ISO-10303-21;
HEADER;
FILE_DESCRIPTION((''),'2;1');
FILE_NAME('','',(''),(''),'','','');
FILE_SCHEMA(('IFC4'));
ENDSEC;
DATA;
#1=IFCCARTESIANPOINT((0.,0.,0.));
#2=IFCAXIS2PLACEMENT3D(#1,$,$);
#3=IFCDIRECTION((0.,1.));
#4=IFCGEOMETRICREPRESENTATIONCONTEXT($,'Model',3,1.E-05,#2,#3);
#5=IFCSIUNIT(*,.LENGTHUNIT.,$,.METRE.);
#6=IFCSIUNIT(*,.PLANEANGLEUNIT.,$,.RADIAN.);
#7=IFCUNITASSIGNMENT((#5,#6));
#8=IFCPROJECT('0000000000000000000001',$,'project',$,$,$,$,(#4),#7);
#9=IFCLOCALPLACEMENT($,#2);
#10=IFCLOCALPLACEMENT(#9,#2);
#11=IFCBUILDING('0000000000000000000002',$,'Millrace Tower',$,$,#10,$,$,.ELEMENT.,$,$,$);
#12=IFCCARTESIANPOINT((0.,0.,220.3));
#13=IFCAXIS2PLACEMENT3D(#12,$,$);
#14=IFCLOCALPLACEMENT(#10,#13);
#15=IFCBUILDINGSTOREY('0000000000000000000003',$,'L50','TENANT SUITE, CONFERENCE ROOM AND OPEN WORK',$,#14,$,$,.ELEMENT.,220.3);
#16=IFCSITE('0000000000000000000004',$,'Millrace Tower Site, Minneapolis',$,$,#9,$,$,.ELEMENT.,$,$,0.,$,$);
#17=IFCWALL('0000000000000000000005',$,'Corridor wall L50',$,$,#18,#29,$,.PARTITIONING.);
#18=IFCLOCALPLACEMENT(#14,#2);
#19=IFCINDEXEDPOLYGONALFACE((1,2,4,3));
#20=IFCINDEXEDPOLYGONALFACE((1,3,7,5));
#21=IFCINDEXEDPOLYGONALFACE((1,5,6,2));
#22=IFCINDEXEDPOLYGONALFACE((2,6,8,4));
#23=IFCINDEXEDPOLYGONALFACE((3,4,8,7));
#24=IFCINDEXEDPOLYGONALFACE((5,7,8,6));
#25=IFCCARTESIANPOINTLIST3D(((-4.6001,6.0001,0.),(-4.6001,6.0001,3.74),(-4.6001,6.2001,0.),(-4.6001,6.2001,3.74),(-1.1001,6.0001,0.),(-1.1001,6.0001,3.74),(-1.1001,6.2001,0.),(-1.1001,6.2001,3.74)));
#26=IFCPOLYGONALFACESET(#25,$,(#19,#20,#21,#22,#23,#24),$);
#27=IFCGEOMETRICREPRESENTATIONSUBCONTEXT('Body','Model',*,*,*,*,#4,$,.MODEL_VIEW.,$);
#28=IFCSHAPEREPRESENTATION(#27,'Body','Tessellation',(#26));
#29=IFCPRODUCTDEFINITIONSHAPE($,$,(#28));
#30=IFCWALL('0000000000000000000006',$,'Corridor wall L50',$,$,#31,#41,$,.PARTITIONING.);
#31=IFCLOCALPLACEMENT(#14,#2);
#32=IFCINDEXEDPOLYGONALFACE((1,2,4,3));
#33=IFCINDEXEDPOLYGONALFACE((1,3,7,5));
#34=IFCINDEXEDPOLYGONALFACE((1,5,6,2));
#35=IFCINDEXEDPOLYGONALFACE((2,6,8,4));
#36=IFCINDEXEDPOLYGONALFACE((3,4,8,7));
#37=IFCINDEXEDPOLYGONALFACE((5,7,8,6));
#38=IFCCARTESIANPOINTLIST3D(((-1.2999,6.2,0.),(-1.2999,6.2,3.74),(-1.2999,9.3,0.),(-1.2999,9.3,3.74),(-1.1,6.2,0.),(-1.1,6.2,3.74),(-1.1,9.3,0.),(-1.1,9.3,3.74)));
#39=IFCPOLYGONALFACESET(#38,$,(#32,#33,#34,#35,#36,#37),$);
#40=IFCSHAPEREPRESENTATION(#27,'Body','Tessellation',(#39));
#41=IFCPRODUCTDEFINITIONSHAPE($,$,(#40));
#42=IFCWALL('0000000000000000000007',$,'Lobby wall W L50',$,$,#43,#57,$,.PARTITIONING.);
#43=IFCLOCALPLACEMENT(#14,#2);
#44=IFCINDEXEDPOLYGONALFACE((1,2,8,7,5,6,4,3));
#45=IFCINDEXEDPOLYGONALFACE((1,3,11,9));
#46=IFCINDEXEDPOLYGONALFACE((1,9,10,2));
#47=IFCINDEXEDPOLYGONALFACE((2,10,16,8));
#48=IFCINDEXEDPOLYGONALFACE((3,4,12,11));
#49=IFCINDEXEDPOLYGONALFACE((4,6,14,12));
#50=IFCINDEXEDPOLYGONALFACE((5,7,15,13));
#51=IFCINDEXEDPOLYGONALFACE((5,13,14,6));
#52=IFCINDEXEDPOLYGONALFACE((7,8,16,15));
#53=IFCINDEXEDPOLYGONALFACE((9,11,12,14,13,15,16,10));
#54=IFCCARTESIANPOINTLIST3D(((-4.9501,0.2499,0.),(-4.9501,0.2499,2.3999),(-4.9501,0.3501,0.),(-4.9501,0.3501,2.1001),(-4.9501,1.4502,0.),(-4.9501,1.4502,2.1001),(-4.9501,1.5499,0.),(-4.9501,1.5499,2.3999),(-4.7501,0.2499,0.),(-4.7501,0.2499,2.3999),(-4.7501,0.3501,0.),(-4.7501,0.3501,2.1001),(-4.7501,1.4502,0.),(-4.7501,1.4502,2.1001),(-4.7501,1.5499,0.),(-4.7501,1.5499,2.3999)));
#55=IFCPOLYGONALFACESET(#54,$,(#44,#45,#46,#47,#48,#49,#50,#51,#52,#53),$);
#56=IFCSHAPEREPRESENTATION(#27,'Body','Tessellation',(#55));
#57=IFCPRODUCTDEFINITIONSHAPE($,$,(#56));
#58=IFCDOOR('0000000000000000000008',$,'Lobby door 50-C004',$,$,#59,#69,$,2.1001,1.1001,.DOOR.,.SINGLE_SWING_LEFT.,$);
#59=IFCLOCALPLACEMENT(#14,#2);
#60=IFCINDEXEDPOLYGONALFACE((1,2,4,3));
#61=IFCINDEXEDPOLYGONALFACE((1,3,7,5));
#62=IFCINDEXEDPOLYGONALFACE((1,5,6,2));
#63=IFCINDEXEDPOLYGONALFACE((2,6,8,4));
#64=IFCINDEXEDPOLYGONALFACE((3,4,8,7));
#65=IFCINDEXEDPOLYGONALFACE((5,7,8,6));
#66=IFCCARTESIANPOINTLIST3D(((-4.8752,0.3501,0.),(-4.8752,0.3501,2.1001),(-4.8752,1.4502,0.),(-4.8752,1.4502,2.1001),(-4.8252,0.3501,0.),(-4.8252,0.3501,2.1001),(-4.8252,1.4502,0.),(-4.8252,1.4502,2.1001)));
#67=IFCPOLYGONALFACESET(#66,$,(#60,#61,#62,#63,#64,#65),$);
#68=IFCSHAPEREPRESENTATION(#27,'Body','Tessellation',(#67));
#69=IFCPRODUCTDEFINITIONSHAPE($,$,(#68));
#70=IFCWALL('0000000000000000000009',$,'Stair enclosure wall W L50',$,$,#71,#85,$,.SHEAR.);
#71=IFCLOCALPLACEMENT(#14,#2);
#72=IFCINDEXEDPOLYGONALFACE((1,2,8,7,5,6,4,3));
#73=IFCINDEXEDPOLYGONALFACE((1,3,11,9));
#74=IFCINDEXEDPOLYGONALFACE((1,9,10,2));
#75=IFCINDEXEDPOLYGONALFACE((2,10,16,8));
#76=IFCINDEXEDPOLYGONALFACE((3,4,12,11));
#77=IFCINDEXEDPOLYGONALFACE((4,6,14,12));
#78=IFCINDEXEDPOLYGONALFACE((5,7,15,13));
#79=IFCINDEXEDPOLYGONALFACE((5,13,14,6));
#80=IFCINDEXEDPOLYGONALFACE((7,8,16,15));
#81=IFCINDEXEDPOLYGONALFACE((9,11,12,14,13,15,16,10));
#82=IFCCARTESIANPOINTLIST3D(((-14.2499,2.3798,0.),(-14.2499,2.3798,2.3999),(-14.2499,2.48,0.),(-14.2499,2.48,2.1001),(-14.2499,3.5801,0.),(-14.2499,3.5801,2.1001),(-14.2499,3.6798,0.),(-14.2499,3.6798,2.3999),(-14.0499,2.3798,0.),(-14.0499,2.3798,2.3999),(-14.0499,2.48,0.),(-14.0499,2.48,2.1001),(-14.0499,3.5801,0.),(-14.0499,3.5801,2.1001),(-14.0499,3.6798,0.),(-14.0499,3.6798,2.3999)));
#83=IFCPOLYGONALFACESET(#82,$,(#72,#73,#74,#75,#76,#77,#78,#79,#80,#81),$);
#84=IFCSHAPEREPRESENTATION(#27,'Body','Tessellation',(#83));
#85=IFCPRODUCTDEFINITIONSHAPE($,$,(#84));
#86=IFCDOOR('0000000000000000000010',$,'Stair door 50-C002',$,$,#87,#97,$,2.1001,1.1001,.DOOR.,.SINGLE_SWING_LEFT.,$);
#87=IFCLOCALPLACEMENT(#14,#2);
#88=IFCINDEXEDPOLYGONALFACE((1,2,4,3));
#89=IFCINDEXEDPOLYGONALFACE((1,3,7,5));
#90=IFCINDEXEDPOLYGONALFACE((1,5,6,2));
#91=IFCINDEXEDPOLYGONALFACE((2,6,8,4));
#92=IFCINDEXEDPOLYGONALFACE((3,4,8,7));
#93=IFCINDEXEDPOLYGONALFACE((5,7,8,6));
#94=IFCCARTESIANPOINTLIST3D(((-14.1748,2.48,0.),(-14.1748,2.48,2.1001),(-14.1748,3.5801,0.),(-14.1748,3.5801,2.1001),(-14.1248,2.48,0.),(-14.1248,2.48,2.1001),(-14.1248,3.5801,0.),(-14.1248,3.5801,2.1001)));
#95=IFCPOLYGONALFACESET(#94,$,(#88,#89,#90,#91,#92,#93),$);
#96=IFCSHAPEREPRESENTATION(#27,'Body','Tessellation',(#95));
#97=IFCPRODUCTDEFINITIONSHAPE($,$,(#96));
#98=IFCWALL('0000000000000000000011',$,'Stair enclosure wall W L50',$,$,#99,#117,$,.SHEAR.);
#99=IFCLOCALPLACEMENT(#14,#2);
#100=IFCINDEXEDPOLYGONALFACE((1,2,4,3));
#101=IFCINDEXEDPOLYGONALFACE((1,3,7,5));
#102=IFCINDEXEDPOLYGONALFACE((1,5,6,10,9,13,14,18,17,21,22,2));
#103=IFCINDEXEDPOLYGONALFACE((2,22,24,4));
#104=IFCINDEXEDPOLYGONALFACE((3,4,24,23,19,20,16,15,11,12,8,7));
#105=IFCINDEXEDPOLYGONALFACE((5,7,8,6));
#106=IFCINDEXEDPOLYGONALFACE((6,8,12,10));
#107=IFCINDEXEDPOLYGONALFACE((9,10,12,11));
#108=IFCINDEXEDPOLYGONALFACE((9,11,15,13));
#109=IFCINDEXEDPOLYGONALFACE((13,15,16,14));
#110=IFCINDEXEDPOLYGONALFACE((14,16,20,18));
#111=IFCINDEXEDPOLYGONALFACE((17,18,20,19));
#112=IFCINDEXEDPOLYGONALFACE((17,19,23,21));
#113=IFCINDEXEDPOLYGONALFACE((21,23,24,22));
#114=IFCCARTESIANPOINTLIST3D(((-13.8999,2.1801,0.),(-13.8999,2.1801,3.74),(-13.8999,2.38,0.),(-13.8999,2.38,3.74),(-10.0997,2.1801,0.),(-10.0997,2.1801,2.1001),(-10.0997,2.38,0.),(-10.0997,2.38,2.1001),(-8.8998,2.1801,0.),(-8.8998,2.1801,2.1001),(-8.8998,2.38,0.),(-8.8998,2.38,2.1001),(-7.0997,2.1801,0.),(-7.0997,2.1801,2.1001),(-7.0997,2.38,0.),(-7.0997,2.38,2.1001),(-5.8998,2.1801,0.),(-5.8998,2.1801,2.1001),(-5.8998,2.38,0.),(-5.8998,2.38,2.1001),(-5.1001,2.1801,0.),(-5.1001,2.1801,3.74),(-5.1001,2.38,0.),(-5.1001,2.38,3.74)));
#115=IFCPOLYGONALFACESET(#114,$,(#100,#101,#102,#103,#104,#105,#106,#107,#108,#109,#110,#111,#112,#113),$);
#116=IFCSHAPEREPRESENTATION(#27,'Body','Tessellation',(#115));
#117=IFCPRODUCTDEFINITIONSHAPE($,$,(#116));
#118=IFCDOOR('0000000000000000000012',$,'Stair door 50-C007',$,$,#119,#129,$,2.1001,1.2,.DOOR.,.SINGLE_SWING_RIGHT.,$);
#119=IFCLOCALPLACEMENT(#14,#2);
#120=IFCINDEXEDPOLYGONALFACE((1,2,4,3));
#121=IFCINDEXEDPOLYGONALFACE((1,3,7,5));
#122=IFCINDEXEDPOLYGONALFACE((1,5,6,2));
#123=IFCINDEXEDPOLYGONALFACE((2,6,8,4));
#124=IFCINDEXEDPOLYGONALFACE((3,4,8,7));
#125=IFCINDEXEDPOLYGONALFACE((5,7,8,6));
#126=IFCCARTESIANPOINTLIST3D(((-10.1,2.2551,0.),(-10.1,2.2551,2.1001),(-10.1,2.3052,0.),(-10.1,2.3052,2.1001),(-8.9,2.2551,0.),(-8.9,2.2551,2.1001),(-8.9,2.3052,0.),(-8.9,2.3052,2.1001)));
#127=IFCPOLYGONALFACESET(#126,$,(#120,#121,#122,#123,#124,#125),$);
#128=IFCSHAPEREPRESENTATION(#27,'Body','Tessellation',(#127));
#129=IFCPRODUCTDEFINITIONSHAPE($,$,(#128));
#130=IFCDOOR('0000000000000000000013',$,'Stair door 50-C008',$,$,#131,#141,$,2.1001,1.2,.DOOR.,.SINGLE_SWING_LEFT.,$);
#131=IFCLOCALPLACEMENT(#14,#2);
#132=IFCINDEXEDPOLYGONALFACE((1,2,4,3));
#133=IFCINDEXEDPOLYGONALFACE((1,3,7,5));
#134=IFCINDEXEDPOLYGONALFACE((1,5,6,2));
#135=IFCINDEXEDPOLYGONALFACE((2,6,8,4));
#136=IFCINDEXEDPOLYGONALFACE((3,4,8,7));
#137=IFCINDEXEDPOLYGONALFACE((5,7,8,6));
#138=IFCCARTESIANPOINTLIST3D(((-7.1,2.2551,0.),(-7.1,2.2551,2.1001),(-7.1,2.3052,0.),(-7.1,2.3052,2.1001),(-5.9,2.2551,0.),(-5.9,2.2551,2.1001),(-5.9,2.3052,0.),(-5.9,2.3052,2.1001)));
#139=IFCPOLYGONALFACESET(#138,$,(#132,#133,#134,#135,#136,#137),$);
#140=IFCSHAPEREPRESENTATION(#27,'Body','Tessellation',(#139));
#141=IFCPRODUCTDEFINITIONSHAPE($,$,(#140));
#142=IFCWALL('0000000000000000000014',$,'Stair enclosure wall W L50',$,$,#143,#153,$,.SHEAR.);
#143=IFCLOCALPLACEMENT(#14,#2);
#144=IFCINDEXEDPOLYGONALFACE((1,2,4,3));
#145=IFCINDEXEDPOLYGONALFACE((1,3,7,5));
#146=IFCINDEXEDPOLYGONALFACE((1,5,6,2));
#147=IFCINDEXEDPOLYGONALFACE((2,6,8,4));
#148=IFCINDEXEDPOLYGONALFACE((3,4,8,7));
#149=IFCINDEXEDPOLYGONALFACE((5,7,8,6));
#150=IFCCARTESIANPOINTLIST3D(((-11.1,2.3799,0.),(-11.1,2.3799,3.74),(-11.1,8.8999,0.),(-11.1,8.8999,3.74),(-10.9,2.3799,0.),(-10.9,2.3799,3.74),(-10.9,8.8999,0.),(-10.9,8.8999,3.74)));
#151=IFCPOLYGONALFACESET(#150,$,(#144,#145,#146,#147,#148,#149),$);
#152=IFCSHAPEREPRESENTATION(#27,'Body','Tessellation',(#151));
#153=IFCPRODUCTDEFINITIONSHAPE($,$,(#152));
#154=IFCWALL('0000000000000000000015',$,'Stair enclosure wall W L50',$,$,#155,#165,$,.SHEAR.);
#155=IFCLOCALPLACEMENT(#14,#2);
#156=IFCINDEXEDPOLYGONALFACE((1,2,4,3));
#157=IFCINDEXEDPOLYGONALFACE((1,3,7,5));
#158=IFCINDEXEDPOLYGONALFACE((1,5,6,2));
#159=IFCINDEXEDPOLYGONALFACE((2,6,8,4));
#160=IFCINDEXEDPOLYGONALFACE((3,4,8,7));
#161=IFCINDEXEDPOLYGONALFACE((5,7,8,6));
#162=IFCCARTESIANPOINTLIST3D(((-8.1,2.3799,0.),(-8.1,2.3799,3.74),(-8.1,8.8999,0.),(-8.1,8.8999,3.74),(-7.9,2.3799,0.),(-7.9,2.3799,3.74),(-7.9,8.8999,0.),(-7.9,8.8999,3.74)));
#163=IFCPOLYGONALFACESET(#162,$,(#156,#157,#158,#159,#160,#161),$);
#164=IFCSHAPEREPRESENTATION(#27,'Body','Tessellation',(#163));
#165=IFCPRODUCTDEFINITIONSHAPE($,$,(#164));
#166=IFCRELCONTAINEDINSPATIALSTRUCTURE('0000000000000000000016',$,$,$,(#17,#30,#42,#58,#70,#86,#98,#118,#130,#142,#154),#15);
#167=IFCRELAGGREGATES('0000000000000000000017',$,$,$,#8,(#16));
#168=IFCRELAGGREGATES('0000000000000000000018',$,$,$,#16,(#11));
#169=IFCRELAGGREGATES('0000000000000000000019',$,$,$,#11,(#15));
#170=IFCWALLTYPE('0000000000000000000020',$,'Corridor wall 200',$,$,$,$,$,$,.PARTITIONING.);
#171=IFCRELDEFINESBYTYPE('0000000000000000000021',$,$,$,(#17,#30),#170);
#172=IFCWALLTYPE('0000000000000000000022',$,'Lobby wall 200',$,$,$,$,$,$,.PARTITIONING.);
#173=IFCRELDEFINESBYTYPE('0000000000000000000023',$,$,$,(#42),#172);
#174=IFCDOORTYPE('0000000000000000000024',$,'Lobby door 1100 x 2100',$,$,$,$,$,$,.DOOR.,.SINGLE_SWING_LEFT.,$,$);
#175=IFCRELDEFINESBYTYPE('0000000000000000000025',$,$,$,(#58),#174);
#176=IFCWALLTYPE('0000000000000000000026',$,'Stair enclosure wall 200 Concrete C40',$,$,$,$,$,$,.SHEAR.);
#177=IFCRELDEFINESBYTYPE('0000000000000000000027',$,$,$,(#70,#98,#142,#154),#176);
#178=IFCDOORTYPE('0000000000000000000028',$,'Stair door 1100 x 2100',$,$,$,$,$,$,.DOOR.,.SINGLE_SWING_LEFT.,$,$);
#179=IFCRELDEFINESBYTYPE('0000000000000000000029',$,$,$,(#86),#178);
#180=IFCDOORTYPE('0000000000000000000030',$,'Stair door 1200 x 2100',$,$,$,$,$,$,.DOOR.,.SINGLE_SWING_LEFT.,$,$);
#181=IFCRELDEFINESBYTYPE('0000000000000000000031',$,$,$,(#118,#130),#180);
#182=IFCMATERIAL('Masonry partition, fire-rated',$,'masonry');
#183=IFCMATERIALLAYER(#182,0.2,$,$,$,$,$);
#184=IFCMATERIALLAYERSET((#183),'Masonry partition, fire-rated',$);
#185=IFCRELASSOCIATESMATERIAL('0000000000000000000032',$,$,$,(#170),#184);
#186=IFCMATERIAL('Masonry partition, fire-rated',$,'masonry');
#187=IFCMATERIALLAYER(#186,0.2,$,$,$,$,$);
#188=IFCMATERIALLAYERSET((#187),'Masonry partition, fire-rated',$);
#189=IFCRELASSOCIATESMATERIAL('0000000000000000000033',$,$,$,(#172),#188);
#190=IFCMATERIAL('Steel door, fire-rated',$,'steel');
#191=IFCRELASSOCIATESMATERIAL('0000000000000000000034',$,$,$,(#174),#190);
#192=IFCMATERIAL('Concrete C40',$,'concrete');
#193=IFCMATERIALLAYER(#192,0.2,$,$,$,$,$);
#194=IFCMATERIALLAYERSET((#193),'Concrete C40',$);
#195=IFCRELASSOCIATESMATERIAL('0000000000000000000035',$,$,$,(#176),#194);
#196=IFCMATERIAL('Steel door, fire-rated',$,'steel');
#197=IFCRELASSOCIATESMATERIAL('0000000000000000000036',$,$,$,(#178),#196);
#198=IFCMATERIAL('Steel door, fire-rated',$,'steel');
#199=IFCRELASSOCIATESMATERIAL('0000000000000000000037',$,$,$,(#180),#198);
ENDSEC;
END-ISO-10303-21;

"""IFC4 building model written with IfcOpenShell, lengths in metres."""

from ifc_helpers import new_model, si_unit, direction, frame, frame_2d, origin, place, context, subcontext, project, spatial, rectangle, extrude, material, layer, layer_set, type_object, element, fill, save


model = new_model("IFC4")

# Units and contexts
model_context = context("Model", 3, precision=1e-05, world=origin(), true_north=direction((0.0, 1.0)))
body_context = subcontext(model_context, "Body", "Model", "MODEL_VIEW")
ifc_project = project(units=[si_unit("LENGTHUNIT", "METRE"), si_unit("PLANEANGLEUNIT", "RADIAN")], contexts=[model_context])

# Site, building, storey
site_placement = place(None, origin())
site = spatial("IfcSite", under=ifc_project, at=site_placement, Name="Millrace Tower Site, Minneapolis", CompositionType="ELEMENT", RefElevation=0.0)
building_placement = place(site_placement, origin())
building = spatial("IfcBuilding", under=site, at=building_placement, Name="Millrace Tower", CompositionType="ELEMENT")
storey_placement = place(building_placement, frame((0.0, 0.0, 220.3)))
storey = spatial("IfcBuildingStorey", under=building, at=storey_placement, Name="L50", Description="TENANT SUITE, CONFERENCE ROOM AND OPEN WORK", CompositionType="ELEMENT", Elevation=220.3)

# Walls
ifc_material_1 = material(Name="Masonry partition, fire-rated", Category="masonry")
ifc_layer_1 = layer(ifc_material_1, 0.2)
ifc_layer_set_1 = layer_set([ifc_layer_1], Name="Masonry partition, fire-rated")
wall_type_1 = type_object("IfcWallType", Name="Corridor wall 200", PredefinedType="PARTITIONING", material=ifc_layer_set_1)
wall_1_placement = place(storey_placement, frame((-4.6001, 6.1001, 0.0), z_axis=(0.0, 0.0, 1.0), x_axis=(1.0, 0.0, 0.0)))
element("IfcWall", 1, at=wall_1_placement, inside=storey, type_object=wall_type_1, Name="Corridor wall L50", PredefinedType="PARTITIONING", context=body_context, shape_type="SweptSolid", body=[
    extrude(rectangle(XDim=3.5, YDim=0.2, at=frame_2d((1.75, 0.0))), origin(), (0.0, 0.0, 1.0), 3.74),
])
wall_2_placement = place(storey_placement, frame((-1.2, 6.2, 0.0), z_axis=(0.0, 0.0, 1.0), x_axis=(0.0, 1.0, 0.0)))
element("IfcWall", 2, at=wall_2_placement, inside=storey, type_object=wall_type_1, Name="Corridor wall L50", PredefinedType="PARTITIONING", context=body_context, shape_type="SweptSolid", body=[
    extrude(rectangle(XDim=3.1001, YDim=0.2, at=frame_2d((1.55, 0.0))), origin(), (0.0, 0.0, 1.0), 3.74),
])

# Walls, openings, doors
ifc_material_2 = material(Name="Masonry partition, fire-rated", Category="masonry")
ifc_layer_2 = layer(ifc_material_2, 0.2)
ifc_layer_set_2 = layer_set([ifc_layer_2], Name="Masonry partition, fire-rated")
wall_type_2 = type_object("IfcWallType", Name="Lobby wall 200", PredefinedType="PARTITIONING", material=ifc_layer_set_2)
wall_3_placement = place(storey_placement, frame((-4.8501, 0.25, 0.0), z_axis=(0.0, 0.0, 1.0), x_axis=(0.0, 1.0, 0.0)))
wall_3 = element("IfcWall", 3, at=wall_3_placement, inside=storey, type_object=wall_type_2, Name="Lobby wall W L50", PredefinedType="PARTITIONING", context=body_context, shape_type="SweptSolid", body=[
    extrude(rectangle(XDim=1.3, YDim=0.2, at=frame_2d((0.6499, 0.0))), origin(), (0.0, 0.0, 1.0), 2.3999),
])
opening_1_placement = place(wall_3_placement, frame((0.1001, 0.0, 0.0)))
opening_1 = element("IfcOpeningElement", 4, at=opening_1_placement, cuts=wall_3, PredefinedType="OPENING", context=body_context, shape_type="SweptSolid", body=[
    extrude(rectangle(XDim=1.1001, YDim=2.1001, at=frame_2d((0.55, 1.05))), frame((0.0, 0.1099, 0.0), z_axis=(0.0, -1.0, 0.0), x_axis=(1.0, 0.0, 0.0)), (0.0, 0.0, 1.0), 0.22),
])
ifc_material_3 = material(Name="Steel door, fire-rated", Category="steel")
door_type_1 = type_object("IfcDoorType", Name="Lobby door 1100 x 2100", OperationType="SINGLE_SWING_LEFT", PredefinedType="DOOR", material=ifc_material_3)
door_1_placement = place(opening_1_placement, frame((1.1001, 0.0, 0.0), z_axis=(0.0, 0.0, 1.0), x_axis=(-1.0, 0.0, 0.0)))
door_1 = element("IfcDoor", 5, at=door_1_placement, inside=storey, type_object=door_type_1, Name="Lobby door 50-C004", OperationType="SINGLE_SWING_LEFT", OverallHeight=2.1001, OverallWidth=1.1001, PredefinedType="DOOR", context=body_context, shape_type="SweptSolid", body=[
    extrude(rectangle(XDim=1.1001, YDim=2.1001, at=frame_2d((0.55, 1.05))), frame((0.0, 0.0249, 0.0), z_axis=(0.0, -1.0, 0.0), x_axis=(1.0, 0.0, 0.0)), (0.0, 0.0, 1.0), 0.05),
])
fill(opening_1, door_1)
ifc_material_4 = material(Name="Concrete C40", Category="concrete")
ifc_layer_3 = layer(ifc_material_4, 0.2)
ifc_layer_set_3 = layer_set([ifc_layer_3], Name="Concrete C40")
wall_type_3 = type_object("IfcWallType", Name="Stair enclosure wall 200 Concrete C40", PredefinedType="SHEAR", material=ifc_layer_set_3)
wall_4_placement = place(storey_placement, frame((-14.1499, 2.3799, 0.0), z_axis=(0.0, 0.0, 1.0), x_axis=(0.0, 1.0, 0.0)))
wall_4 = element("IfcWall", 6, at=wall_4_placement, inside=storey, type_object=wall_type_3, Name="Stair enclosure wall W L50", PredefinedType="SHEAR", context=body_context, shape_type="SweptSolid", body=[
    extrude(rectangle(XDim=1.3, YDim=0.2, at=frame_2d((0.6499, 0.0))), origin(), (0.0, 0.0, 1.0), 2.3999),
])
opening_2_placement = place(wall_4_placement, frame((0.1001, 0.0, 0.0)))
opening_2 = element("IfcOpeningElement", 7, at=opening_2_placement, cuts=wall_4, PredefinedType="OPENING", context=body_context, shape_type="SweptSolid", body=[
    extrude(rectangle(XDim=1.1001, YDim=2.1001, at=frame_2d((0.55, 1.05))), frame((0.0, 0.1099, 0.0), z_axis=(0.0, -1.0, 0.0), x_axis=(1.0, 0.0, 0.0)), (0.0, 0.0, 1.0), 0.22),
])
ifc_material_5 = material(Name="Steel door, fire-rated", Category="steel")
door_type_2 = type_object("IfcDoorType", Name="Stair door 1100 x 2100", OperationType="SINGLE_SWING_LEFT", PredefinedType="DOOR", material=ifc_material_5)
door_2_placement = place(opening_2_placement, origin())
door_2 = element("IfcDoor", 8, at=door_2_placement, inside=storey, type_object=door_type_2, Name="Stair door 50-C002", OperationType="SINGLE_SWING_LEFT", OverallHeight=2.1001, OverallWidth=1.1001, PredefinedType="DOOR", context=body_context, shape_type="SweptSolid", body=[
    extrude(rectangle(XDim=1.1001, YDim=2.1001, at=frame_2d((0.55, 1.05))), frame((0.0, 0.0249, 0.0), z_axis=(0.0, -1.0, 0.0), x_axis=(1.0, 0.0, 0.0)), (0.0, 0.0, 1.0), 0.05),
])
fill(opening_2, door_2)

# Wall, openings, doors
wall_5_placement = place(storey_placement, frame((-13.8999, 2.28, 0.0), z_axis=(0.0, 0.0, 1.0), x_axis=(1.0, 0.0, 0.0)))
wall_5 = element("IfcWall", 9, at=wall_5_placement, inside=storey, type_object=wall_type_3, Name="Stair enclosure wall W L50", PredefinedType="SHEAR", context=body_context, shape_type="SweptSolid", body=[
    extrude(rectangle(XDim=8.7998, YDim=0.2, at=frame_2d((4.3999, 0.0))), origin(), (0.0, 0.0, 1.0), 3.74),
])
opening_3_placement = place(wall_5_placement, frame((3.8, 0.0, 0.0)))
opening_3 = element("IfcOpeningElement", 10, at=opening_3_placement, cuts=wall_5, PredefinedType="OPENING", context=body_context, shape_type="SweptSolid", body=[
    extrude(rectangle(XDim=1.2, YDim=2.1001, at=frame_2d((0.6001, 1.05))), frame((0.0, 0.1099, 0.0), z_axis=(0.0, -1.0, 0.0), x_axis=(1.0, 0.0, 0.0)), (0.0, 0.0, 1.0), 0.22),
])
opening_4_placement = place(wall_5_placement, frame((6.8, 0.0, 0.0)))
opening_4 = element("IfcOpeningElement", 11, at=opening_4_placement, cuts=wall_5, PredefinedType="OPENING", context=body_context, shape_type="SweptSolid", body=[
    extrude(rectangle(XDim=1.2, YDim=2.1001, at=frame_2d((0.6001, 1.05))), frame((0.0, 0.1099, 0.0), z_axis=(0.0, -1.0, 0.0), x_axis=(1.0, 0.0, 0.0)), (0.0, 0.0, 1.0), 0.22),
])
ifc_material_6 = material(Name="Steel door, fire-rated", Category="steel")
door_type_3 = type_object("IfcDoorType", Name="Stair door 1200 x 2100", OperationType="SINGLE_SWING_LEFT", PredefinedType="DOOR", material=ifc_material_6)
door_3_placement = place(opening_3_placement, frame((1.2, 0.0, 0.0), z_axis=(0.0, 0.0, 1.0), x_axis=(-1.0, 0.0, 0.0)))
door_3 = element("IfcDoor", 12, at=door_3_placement, inside=storey, type_object=door_type_3, Name="Stair door 50-C007", OperationType="SINGLE_SWING_RIGHT", OverallHeight=2.1001, OverallWidth=1.2, PredefinedType="DOOR", context=body_context, shape_type="SweptSolid", body=[
    extrude(rectangle(XDim=1.2, YDim=2.1001, at=frame_2d((0.6001, 1.05))), frame((0.0, 0.0249, 0.0), z_axis=(0.0, -1.0, 0.0), x_axis=(1.0, 0.0, 0.0)), (0.0, 0.0, 1.0), 0.05),
])
fill(opening_3, door_3)
door_4_placement = place(opening_4_placement, frame((1.2, 0.0, 0.0), z_axis=(0.0, 0.0, 1.0), x_axis=(-1.0, 0.0, 0.0)))
door_4 = element("IfcDoor", 13, at=door_4_placement, inside=storey, type_object=door_type_3, Name="Stair door 50-C008", OperationType="SINGLE_SWING_LEFT", OverallHeight=2.1001, OverallWidth=1.2, PredefinedType="DOOR", context=body_context, shape_type="SweptSolid", body=[
    extrude(rectangle(XDim=1.2, YDim=2.1001, at=frame_2d((0.6001, 1.05))), frame((0.0, 0.0249, 0.0), z_axis=(0.0, -1.0, 0.0), x_axis=(1.0, 0.0, 0.0)), (0.0, 0.0, 1.0), 0.05),
])
fill(opening_4, door_4)

# Walls
for number, where, z_axis, x_axis, name in (
    (14, (-11.0, 2.3799, 0.0), (0.0, 0.0, 1.0), (0.0, 1.0, 0.0), "Stair enclosure wall W L50"),
    (15, (-8.0, 2.3799, 0.0), (0.0, 0.0, 1.0), (0.0, 1.0, 0.0), "Stair enclosure wall W L50"),
):
    element("IfcWall", number, at=place(storey_placement, frame(where, z_axis=z_axis, x_axis=x_axis)), inside=storey, type_object=wall_type_3, Name=name, PredefinedType="SHEAR", context=body_context, shape_type="SweptSolid", body=[
        extrude(rectangle(XDim=6.52, YDim=0.2, at=frame_2d((3.26, 0.0))), origin(), (0.0, 0.0, 1.0), 3.74),
    ])

save(model, "model.ifc")
